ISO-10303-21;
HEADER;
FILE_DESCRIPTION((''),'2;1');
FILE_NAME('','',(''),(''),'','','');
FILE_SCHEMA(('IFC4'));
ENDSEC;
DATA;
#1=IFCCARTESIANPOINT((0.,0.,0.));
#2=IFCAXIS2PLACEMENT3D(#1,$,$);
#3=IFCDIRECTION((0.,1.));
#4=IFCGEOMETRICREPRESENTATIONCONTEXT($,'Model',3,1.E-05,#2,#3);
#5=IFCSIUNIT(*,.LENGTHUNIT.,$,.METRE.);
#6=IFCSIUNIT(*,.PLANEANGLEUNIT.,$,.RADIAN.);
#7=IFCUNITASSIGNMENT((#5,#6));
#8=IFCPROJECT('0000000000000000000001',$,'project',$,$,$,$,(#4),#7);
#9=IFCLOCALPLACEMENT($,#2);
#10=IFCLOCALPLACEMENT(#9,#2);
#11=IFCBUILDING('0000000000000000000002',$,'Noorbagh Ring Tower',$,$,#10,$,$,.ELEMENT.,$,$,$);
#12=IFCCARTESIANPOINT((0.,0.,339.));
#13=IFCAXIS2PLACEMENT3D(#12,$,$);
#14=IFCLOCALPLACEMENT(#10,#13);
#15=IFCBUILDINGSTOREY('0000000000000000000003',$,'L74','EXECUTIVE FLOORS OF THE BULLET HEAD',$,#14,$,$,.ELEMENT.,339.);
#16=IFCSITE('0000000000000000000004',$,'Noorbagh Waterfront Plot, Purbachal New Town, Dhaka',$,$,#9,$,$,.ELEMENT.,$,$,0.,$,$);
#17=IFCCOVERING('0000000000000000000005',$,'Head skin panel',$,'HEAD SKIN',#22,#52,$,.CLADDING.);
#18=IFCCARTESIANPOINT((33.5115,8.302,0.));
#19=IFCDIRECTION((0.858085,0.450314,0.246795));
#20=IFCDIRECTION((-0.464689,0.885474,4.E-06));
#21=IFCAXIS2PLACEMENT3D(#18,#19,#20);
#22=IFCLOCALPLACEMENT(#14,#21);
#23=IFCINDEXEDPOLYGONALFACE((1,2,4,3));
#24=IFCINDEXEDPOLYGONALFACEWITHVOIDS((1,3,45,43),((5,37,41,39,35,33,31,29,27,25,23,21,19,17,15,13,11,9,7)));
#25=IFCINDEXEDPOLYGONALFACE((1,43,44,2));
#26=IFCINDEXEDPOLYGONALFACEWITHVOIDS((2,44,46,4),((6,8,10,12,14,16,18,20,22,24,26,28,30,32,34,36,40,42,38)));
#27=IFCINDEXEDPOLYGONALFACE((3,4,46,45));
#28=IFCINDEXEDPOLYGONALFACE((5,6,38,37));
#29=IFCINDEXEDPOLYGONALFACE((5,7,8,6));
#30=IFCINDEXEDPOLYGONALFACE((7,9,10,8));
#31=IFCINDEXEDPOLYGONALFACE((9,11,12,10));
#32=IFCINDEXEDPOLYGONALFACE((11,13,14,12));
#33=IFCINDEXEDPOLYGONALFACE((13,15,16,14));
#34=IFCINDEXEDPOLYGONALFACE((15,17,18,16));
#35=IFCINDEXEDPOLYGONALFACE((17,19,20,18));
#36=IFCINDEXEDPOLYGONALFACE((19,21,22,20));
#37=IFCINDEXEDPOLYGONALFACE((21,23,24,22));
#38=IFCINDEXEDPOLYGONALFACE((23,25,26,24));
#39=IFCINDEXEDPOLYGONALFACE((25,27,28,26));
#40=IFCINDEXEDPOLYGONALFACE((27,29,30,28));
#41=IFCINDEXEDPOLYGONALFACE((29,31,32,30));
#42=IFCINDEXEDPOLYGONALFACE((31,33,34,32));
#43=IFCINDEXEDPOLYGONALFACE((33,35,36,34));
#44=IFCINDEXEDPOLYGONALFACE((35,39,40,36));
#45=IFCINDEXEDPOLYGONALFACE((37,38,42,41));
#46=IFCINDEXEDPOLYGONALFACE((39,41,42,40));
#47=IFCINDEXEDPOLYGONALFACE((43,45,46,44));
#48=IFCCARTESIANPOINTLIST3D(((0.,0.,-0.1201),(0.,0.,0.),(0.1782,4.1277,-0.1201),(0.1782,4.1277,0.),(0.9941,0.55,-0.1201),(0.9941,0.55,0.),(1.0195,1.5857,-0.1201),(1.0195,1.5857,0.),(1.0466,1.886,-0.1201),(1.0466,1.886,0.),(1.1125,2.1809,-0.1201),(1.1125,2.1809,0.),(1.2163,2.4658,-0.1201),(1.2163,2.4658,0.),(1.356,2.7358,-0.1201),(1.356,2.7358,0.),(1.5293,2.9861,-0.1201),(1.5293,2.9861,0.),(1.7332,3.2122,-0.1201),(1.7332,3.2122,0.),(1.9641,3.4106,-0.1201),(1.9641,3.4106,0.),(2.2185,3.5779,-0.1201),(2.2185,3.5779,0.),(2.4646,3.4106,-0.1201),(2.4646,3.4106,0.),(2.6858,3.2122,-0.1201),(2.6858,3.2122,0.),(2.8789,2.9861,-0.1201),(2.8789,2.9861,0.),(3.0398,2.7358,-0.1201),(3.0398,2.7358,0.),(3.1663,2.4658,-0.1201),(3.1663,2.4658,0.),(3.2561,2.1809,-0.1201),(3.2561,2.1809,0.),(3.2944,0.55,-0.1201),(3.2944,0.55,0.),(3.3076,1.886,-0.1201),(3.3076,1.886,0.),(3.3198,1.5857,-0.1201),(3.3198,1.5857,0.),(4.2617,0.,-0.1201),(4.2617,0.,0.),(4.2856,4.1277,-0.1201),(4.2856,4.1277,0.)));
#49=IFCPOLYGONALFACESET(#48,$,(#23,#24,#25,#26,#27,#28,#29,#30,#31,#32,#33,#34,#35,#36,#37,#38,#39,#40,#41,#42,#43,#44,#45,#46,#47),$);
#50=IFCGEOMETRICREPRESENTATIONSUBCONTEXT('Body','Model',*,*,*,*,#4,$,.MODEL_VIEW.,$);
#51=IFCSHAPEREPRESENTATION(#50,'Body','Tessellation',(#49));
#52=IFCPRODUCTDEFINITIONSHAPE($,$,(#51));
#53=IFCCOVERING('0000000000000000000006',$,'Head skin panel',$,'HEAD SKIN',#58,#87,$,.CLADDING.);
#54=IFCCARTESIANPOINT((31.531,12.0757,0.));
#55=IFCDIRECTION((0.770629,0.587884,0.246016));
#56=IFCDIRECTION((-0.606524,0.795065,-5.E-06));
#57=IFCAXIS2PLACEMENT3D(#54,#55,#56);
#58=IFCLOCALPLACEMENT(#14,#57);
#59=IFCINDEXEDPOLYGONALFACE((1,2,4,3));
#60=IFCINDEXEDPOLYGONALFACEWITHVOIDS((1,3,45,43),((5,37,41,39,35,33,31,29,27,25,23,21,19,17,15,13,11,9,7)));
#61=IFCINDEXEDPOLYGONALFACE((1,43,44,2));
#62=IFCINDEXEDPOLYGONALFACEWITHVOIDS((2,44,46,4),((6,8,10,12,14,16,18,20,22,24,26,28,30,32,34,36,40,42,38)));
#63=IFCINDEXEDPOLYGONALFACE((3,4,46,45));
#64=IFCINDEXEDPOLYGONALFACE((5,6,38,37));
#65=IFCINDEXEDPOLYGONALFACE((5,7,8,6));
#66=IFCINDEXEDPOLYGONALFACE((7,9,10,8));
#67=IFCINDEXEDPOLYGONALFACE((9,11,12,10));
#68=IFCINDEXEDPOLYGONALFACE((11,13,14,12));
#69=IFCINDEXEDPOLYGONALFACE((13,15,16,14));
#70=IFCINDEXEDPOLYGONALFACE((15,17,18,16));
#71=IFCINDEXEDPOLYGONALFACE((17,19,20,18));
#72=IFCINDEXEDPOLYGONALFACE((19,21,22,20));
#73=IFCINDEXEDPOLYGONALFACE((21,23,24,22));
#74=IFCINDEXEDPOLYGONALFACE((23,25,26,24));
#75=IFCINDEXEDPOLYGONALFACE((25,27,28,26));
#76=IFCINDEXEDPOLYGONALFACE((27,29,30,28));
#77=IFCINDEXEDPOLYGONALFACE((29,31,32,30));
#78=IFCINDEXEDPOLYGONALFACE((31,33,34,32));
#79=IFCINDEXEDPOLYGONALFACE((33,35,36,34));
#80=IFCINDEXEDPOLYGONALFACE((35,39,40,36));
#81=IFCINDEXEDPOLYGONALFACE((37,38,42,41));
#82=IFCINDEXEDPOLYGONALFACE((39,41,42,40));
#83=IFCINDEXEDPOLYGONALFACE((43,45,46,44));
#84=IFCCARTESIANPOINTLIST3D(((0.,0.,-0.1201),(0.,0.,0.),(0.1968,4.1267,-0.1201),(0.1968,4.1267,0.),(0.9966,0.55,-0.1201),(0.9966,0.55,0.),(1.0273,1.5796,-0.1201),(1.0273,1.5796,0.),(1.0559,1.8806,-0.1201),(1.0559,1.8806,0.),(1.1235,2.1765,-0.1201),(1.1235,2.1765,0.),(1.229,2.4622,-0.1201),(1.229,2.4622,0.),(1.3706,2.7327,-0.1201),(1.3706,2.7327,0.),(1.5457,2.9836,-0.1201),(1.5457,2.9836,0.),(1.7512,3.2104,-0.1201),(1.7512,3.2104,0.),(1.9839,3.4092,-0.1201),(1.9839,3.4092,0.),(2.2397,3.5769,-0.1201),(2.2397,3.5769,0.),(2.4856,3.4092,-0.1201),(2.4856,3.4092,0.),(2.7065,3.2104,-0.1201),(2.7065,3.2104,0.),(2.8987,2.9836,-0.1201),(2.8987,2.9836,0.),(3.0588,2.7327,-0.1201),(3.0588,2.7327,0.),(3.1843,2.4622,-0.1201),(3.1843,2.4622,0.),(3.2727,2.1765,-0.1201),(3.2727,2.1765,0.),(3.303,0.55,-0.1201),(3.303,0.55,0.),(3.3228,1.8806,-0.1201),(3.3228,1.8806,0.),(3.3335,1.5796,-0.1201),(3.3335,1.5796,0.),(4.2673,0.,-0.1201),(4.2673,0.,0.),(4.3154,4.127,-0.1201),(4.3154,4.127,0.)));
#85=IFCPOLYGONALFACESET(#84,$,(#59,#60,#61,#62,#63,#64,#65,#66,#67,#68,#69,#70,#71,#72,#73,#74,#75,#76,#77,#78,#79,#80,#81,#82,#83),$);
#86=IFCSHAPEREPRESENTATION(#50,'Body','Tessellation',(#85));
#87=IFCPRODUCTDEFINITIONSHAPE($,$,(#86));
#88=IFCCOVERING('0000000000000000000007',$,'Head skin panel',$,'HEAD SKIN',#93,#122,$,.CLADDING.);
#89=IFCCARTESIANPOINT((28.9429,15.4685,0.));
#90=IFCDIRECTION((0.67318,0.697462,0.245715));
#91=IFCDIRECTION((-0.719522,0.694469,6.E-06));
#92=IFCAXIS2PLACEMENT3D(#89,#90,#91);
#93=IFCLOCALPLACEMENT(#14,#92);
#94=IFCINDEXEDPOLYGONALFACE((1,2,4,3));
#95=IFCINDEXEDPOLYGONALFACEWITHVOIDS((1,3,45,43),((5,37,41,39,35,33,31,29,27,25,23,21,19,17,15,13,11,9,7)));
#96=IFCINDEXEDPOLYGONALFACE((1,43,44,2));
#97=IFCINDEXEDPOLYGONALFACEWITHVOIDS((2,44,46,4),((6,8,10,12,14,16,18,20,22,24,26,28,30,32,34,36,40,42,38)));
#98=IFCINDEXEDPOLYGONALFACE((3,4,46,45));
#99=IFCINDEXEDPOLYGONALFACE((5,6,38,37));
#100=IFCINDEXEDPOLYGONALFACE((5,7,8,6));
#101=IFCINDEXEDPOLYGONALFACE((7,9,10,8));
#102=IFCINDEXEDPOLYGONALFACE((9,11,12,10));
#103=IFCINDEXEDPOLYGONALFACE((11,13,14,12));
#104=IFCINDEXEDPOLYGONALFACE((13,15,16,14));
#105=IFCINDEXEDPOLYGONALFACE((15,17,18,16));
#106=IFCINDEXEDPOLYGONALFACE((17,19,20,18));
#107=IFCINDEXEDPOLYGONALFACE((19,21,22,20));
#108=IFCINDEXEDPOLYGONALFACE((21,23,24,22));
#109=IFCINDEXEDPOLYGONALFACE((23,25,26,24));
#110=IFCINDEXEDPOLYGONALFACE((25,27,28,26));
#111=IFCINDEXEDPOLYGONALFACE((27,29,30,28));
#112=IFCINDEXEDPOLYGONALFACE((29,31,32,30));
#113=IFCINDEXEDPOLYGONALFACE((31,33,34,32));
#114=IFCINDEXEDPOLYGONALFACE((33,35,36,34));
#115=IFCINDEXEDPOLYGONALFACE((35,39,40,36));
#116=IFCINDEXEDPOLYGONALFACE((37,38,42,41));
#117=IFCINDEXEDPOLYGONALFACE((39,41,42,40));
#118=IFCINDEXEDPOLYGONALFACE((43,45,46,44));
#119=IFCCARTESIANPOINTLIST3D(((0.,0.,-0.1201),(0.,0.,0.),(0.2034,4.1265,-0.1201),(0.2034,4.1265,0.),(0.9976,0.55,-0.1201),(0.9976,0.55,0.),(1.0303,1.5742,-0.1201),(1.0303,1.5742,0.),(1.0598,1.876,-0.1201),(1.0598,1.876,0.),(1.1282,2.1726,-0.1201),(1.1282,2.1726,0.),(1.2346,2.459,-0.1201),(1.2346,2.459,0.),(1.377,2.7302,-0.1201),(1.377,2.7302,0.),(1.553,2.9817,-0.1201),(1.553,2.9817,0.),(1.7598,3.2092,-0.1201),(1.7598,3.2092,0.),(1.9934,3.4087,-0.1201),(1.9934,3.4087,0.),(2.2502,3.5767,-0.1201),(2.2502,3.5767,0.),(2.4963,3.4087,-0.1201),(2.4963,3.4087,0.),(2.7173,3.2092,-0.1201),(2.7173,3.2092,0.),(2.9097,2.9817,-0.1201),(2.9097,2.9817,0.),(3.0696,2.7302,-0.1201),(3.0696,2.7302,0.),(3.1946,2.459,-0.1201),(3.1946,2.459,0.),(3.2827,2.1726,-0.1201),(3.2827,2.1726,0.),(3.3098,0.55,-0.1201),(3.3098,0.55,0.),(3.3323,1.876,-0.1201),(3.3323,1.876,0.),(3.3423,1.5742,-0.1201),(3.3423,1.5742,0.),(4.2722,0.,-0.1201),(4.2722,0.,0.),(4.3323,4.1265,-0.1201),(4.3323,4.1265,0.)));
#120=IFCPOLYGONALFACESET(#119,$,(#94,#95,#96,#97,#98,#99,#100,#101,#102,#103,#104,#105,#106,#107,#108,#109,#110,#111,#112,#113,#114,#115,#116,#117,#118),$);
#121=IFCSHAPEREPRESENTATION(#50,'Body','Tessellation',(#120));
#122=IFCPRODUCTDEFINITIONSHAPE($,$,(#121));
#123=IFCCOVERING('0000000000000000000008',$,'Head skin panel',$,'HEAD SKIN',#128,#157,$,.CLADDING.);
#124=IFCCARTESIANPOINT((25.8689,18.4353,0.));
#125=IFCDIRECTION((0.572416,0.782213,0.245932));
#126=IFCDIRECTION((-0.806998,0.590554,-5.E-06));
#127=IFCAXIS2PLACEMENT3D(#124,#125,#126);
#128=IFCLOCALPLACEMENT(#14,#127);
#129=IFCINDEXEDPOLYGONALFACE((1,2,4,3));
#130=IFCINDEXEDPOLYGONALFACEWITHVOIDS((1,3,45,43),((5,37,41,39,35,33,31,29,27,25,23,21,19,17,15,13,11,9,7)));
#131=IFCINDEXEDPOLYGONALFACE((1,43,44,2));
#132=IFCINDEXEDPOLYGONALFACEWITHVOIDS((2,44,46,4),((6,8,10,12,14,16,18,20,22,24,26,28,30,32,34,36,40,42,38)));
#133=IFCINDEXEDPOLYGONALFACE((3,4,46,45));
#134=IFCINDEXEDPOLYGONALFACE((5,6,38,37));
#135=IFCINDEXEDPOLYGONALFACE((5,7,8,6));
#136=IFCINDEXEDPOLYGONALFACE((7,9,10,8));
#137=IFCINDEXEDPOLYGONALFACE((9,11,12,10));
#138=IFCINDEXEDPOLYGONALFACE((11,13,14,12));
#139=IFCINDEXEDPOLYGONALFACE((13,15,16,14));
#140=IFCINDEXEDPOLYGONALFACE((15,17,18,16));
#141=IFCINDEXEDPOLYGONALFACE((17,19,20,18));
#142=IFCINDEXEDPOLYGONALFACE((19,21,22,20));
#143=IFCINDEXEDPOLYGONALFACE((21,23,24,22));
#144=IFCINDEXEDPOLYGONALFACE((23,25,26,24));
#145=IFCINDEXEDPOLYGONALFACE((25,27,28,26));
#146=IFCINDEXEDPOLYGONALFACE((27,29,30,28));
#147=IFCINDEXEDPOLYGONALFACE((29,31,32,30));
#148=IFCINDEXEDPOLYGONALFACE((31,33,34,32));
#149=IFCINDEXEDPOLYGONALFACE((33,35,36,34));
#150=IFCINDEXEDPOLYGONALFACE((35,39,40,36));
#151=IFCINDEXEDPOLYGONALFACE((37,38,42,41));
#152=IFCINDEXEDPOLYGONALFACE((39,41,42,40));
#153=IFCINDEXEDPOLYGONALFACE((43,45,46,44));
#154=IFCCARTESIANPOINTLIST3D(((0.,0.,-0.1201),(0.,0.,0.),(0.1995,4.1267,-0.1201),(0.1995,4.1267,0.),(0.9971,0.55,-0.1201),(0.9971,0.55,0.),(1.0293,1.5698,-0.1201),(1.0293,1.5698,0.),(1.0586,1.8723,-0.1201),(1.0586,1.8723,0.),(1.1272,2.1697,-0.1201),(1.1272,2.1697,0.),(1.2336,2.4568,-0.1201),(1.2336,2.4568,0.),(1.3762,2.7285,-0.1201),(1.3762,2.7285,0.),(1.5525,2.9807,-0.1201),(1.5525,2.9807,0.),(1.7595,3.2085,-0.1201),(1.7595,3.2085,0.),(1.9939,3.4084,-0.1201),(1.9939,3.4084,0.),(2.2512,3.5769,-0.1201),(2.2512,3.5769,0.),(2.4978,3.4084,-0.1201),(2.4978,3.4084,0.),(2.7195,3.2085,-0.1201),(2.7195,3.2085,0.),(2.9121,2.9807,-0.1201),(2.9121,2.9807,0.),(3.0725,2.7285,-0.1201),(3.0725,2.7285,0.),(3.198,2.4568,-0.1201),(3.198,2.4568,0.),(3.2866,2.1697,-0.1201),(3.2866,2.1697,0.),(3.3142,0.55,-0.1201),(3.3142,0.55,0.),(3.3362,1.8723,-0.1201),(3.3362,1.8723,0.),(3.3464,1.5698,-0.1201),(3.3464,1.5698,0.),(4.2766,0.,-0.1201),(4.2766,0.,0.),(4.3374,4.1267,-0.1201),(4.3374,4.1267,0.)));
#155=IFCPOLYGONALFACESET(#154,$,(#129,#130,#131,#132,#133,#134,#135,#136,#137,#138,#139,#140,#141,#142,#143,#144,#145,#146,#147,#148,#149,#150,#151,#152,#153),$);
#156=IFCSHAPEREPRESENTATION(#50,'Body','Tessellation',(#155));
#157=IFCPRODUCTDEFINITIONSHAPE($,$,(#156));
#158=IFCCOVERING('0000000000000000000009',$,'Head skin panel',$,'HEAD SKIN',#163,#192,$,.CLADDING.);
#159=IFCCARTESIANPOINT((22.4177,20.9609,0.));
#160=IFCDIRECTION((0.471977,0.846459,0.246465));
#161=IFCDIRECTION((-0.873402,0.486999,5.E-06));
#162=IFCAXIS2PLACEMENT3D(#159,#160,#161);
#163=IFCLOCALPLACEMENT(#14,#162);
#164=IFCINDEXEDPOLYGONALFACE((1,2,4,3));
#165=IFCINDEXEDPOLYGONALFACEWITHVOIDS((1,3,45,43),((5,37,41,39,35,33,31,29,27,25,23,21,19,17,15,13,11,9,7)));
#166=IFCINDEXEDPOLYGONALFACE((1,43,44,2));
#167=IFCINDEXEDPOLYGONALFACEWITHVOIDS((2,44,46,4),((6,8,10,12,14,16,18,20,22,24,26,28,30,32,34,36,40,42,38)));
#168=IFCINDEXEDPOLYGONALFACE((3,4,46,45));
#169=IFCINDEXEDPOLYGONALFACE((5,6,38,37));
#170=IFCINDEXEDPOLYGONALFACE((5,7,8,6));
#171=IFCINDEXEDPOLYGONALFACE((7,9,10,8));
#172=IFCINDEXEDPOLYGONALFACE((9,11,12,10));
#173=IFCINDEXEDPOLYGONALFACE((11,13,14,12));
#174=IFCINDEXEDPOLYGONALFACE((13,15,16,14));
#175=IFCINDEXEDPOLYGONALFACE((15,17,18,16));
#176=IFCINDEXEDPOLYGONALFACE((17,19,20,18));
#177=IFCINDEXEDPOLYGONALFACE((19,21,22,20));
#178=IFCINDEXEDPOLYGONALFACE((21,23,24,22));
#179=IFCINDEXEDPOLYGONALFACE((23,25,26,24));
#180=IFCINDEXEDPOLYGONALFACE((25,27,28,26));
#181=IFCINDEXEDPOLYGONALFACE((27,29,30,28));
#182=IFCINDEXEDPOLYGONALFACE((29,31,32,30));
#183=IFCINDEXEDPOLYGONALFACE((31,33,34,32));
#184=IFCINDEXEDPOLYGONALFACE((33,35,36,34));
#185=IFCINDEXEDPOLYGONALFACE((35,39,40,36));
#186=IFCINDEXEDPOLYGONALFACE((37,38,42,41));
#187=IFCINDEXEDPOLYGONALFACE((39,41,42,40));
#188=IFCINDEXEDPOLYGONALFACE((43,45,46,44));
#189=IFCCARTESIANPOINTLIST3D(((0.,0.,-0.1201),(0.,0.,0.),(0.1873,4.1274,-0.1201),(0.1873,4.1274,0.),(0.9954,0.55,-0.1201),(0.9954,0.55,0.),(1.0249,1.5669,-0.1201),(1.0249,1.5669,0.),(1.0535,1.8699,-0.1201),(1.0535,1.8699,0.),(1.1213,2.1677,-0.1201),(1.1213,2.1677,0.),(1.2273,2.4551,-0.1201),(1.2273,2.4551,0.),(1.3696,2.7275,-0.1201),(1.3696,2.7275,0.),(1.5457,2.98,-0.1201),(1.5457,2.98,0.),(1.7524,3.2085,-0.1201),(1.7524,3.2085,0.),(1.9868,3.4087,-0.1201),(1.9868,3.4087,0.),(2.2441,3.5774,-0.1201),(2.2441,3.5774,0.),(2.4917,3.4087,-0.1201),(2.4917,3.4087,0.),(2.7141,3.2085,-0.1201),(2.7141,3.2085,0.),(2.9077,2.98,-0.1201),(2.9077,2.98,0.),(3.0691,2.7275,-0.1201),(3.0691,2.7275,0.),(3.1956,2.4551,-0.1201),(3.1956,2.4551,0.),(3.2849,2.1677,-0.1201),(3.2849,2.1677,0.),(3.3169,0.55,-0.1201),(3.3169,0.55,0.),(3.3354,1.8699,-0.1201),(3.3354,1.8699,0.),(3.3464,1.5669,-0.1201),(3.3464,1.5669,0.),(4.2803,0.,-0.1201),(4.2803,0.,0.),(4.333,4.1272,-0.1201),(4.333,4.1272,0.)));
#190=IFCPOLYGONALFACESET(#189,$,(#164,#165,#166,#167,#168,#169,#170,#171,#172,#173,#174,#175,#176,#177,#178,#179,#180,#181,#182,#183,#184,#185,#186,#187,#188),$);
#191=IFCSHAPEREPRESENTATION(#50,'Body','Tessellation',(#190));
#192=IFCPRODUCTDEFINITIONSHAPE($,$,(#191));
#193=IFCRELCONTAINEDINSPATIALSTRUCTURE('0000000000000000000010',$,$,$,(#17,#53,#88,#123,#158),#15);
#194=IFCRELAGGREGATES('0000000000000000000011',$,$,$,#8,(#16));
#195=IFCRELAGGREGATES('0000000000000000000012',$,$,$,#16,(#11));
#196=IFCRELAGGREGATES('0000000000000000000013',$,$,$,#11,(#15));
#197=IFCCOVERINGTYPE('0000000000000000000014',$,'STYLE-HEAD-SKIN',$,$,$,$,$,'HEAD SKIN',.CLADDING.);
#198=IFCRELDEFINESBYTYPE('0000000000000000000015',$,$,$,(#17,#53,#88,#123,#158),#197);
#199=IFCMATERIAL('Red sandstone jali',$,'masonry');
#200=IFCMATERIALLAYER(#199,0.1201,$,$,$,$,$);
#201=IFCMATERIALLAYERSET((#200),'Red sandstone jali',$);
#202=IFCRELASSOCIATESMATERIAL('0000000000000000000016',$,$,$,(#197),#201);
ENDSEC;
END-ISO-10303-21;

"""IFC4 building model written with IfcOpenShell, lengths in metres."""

from ifc_helpers import new_model, si_unit, direction, frame, origin, place, context, subcontext, project, spatial, polyline, outline, extrude, material, layer, layer_set, type_object, element, save


model = new_model("IFC4")

# Units and contexts
model_context = context("Model", 3, precision=1e-05, world=origin(), true_north=direction((0.0, 1.0)))
body_context = subcontext(model_context, "Body", "Model", "MODEL_VIEW")
ifc_project = project(units=[si_unit("LENGTHUNIT", "METRE"), si_unit("PLANEANGLEUNIT", "RADIAN")], contexts=[model_context])

# Site, building, storey
site_placement = place(None, origin())
site = spatial("IfcSite", under=ifc_project, at=site_placement, Name="Noorbagh Waterfront Plot, Purbachal New Town, Dhaka", CompositionType="ELEMENT", RefElevation=0.0)
building_placement = place(site_placement, origin())
building = spatial("IfcBuilding", under=site, at=building_placement, Name="Noorbagh Ring Tower", CompositionType="ELEMENT")
storey_placement = place(building_placement, frame((0.0, 0.0, 339.0)))
storey = spatial("IfcBuildingStorey", under=building, at=storey_placement, Name="L74", Description="EXECUTIVE FLOORS OF THE BULLET HEAD", CompositionType="ELEMENT", Elevation=339.0)

# Coverings
ifc_material_1 = material(Name="Red sandstone jali", Category="masonry")
ifc_layer_1 = layer(ifc_material_1, 0.1201)
ifc_layer_set_1 = layer_set([ifc_layer_1], Name="Red sandstone jali")
covering_type_1 = type_object("IfcCoveringType", Name="STYLE-HEAD-SKIN", ElementType="HEAD SKIN", PredefinedType="CLADDING", material=ifc_layer_set_1)
covering_1_placement = place(storey_placement, frame((33.5115, 8.302, 0.0), z_axis=(0.858085, 0.450314, 0.246795), x_axis=(-0.464689, 0.885474, 0.000004)))
element("IfcCovering", 1, at=covering_1_placement, inside=storey, type_object=covering_type_1, Name="Head skin panel", ObjectType="HEAD SKIN", PredefinedType="CLADDING", context=body_context, shape_type="SweptSolid", body=[
    extrude(outline(polyline([(0.0, 0.0), (4.2617, 0.0), (4.2856, 4.1277), (0.1782, 4.1277), (0.0, 0.0)]), holes=[polyline([(0.9941, 0.55), (1.0195, 1.5857), (1.0466, 1.886), (1.1125, 2.1809), (1.2163, 2.4658), (1.356, 2.7358), (1.5293, 2.9861), (1.7332, 3.2122), (1.9641, 3.4106), (2.2185, 3.5779), (2.4646, 3.4106), (2.6858, 3.2122), (2.8789, 2.9861), (3.0398, 2.7358), (3.1663, 2.4658), (3.2561, 2.1809), (3.3076, 1.886), (3.3198, 1.5857), (3.2944, 0.55), (0.9941, 0.55)])]), origin(), (0.0, 0.0, -1.0), 0.1201),
])
covering_2_placement = place(storey_placement, frame((31.531, 12.0757, 0.0), z_axis=(0.770629, 0.587884, 0.246016), x_axis=(-0.606524, 0.795065, -0.000005)))
element("IfcCovering", 2, at=covering_2_placement, inside=storey, type_object=covering_type_1, Name="Head skin panel", ObjectType="HEAD SKIN", PredefinedType="CLADDING", context=body_context, shape_type="SweptSolid", body=[
    extrude(outline(polyline([(0.0, 0.0), (4.2673, 0.0), (4.3154, 4.127), (0.1968, 4.1267), (0.0, 0.0)]), holes=[polyline([(0.9966, 0.55), (1.0273, 1.5796), (1.0559, 1.8806), (1.1235, 2.1765), (1.229, 2.4622), (1.3706, 2.7327), (1.5457, 2.9836), (1.7512, 3.2104), (1.9839, 3.4092), (2.2397, 3.5769), (2.4856, 3.4092), (2.7065, 3.2104), (2.8987, 2.9836), (3.0588, 2.7327), (3.1843, 2.4622), (3.2727, 2.1765), (3.3228, 1.8806), (3.3335, 1.5796), (3.303, 0.55), (0.9966, 0.55)])]), origin(), (0.0, 0.0, -1.0), 0.1201),
])
covering_3_placement = place(storey_placement, frame((28.9429, 15.4685, 0.0), z_axis=(0.67318, 0.697462, 0.245715), x_axis=(-0.719522, 0.694469, 0.000006)))
element("IfcCovering", 3, at=covering_3_placement, inside=storey, type_object=covering_type_1, Name="Head skin panel", ObjectType="HEAD SKIN", PredefinedType="CLADDING", context=body_context, shape_type="SweptSolid", body=[
    extrude(outline(polyline([(0.0, 0.0), (4.2722, 0.0), (4.3323, 4.1265), (0.2034, 4.1265), (0.0, 0.0)]), holes=[polyline([(0.9976, 0.55), (1.0303, 1.5742), (1.0598, 1.876), (1.1282, 2.1726), (1.2346, 2.459), (1.377, 2.7302), (1.553, 2.9817), (1.7598, 3.2092), (1.9934, 3.4087), (2.2502, 3.5767), (2.4963, 3.4087), (2.7173, 3.2092), (2.9097, 2.9817), (3.0696, 2.7302), (3.1946, 2.459), (3.2827, 2.1726), (3.3323, 1.876), (3.3423, 1.5742), (3.3098, 0.55), (0.9976, 0.55)])]), origin(), (0.0, 0.0, -1.0), 0.1201),
])
covering_4_placement = place(storey_placement, frame((25.8689, 18.4353, 0.0), z_axis=(0.572416, 0.782213, 0.245932), x_axis=(-0.806998, 0.590554, -0.000005)))
element("IfcCovering", 4, at=covering_4_placement, inside=storey, type_object=covering_type_1, Name="Head skin panel", ObjectType="HEAD SKIN", PredefinedType="CLADDING", context=body_context, shape_type="SweptSolid", body=[
    extrude(outline(polyline([(0.0, 0.0), (4.2766, 0.0), (4.3374, 4.1267), (0.1995, 4.1267), (0.0, 0.0)]), holes=[polyline([(0.9971, 0.55), (1.0293, 1.5698), (1.0586, 1.8723), (1.1272, 2.1697), (1.2336, 2.4568), (1.3762, 2.7285), (1.5525, 2.9807), (1.7595, 3.2085), (1.9939, 3.4084), (2.2512, 3.5769), (2.4978, 3.4084), (2.7195, 3.2085), (2.9121, 2.9807), (3.0725, 2.7285), (3.198, 2.4568), (3.2866, 2.1697), (3.3362, 1.8723), (3.3464, 1.5698), (3.3142, 0.55), (0.9971, 0.55)])]), origin(), (0.0, 0.0, -1.0), 0.1201),
])
covering_5_placement = place(storey_placement, frame((22.4177, 20.9609, 0.0), z_axis=(0.471977, 0.846459, 0.246465), x_axis=(-0.873402, 0.486999, 0.000005)))
element("IfcCovering", 5, at=covering_5_placement, inside=storey, type_object=covering_type_1, Name="Head skin panel", ObjectType="HEAD SKIN", PredefinedType="CLADDING", context=body_context, shape_type="SweptSolid", body=[
    extrude(outline(polyline([(0.0, 0.0), (4.2803, 0.0), (4.333, 4.1272), (0.1873, 4.1274), (0.0, 0.0)]), holes=[polyline([(0.9954, 0.55), (1.0249, 1.5669), (1.0535, 1.8699), (1.1213, 2.1677), (1.2273, 2.4551), (1.3696, 2.7275), (1.5457, 2.98), (1.7524, 3.2085), (1.9868, 3.4087), (2.2441, 3.5774), (2.4917, 3.4087), (2.7141, 3.2085), (2.9077, 2.98), (3.0691, 2.7275), (3.1956, 2.4551), (3.2849, 2.1677), (3.3354, 1.8699), (3.3464, 1.5669), (3.3169, 0.55), (0.9954, 0.55)])]), origin(), (0.0, 0.0, -1.0), 0.1201),
])

save(model, "model.ifc")
